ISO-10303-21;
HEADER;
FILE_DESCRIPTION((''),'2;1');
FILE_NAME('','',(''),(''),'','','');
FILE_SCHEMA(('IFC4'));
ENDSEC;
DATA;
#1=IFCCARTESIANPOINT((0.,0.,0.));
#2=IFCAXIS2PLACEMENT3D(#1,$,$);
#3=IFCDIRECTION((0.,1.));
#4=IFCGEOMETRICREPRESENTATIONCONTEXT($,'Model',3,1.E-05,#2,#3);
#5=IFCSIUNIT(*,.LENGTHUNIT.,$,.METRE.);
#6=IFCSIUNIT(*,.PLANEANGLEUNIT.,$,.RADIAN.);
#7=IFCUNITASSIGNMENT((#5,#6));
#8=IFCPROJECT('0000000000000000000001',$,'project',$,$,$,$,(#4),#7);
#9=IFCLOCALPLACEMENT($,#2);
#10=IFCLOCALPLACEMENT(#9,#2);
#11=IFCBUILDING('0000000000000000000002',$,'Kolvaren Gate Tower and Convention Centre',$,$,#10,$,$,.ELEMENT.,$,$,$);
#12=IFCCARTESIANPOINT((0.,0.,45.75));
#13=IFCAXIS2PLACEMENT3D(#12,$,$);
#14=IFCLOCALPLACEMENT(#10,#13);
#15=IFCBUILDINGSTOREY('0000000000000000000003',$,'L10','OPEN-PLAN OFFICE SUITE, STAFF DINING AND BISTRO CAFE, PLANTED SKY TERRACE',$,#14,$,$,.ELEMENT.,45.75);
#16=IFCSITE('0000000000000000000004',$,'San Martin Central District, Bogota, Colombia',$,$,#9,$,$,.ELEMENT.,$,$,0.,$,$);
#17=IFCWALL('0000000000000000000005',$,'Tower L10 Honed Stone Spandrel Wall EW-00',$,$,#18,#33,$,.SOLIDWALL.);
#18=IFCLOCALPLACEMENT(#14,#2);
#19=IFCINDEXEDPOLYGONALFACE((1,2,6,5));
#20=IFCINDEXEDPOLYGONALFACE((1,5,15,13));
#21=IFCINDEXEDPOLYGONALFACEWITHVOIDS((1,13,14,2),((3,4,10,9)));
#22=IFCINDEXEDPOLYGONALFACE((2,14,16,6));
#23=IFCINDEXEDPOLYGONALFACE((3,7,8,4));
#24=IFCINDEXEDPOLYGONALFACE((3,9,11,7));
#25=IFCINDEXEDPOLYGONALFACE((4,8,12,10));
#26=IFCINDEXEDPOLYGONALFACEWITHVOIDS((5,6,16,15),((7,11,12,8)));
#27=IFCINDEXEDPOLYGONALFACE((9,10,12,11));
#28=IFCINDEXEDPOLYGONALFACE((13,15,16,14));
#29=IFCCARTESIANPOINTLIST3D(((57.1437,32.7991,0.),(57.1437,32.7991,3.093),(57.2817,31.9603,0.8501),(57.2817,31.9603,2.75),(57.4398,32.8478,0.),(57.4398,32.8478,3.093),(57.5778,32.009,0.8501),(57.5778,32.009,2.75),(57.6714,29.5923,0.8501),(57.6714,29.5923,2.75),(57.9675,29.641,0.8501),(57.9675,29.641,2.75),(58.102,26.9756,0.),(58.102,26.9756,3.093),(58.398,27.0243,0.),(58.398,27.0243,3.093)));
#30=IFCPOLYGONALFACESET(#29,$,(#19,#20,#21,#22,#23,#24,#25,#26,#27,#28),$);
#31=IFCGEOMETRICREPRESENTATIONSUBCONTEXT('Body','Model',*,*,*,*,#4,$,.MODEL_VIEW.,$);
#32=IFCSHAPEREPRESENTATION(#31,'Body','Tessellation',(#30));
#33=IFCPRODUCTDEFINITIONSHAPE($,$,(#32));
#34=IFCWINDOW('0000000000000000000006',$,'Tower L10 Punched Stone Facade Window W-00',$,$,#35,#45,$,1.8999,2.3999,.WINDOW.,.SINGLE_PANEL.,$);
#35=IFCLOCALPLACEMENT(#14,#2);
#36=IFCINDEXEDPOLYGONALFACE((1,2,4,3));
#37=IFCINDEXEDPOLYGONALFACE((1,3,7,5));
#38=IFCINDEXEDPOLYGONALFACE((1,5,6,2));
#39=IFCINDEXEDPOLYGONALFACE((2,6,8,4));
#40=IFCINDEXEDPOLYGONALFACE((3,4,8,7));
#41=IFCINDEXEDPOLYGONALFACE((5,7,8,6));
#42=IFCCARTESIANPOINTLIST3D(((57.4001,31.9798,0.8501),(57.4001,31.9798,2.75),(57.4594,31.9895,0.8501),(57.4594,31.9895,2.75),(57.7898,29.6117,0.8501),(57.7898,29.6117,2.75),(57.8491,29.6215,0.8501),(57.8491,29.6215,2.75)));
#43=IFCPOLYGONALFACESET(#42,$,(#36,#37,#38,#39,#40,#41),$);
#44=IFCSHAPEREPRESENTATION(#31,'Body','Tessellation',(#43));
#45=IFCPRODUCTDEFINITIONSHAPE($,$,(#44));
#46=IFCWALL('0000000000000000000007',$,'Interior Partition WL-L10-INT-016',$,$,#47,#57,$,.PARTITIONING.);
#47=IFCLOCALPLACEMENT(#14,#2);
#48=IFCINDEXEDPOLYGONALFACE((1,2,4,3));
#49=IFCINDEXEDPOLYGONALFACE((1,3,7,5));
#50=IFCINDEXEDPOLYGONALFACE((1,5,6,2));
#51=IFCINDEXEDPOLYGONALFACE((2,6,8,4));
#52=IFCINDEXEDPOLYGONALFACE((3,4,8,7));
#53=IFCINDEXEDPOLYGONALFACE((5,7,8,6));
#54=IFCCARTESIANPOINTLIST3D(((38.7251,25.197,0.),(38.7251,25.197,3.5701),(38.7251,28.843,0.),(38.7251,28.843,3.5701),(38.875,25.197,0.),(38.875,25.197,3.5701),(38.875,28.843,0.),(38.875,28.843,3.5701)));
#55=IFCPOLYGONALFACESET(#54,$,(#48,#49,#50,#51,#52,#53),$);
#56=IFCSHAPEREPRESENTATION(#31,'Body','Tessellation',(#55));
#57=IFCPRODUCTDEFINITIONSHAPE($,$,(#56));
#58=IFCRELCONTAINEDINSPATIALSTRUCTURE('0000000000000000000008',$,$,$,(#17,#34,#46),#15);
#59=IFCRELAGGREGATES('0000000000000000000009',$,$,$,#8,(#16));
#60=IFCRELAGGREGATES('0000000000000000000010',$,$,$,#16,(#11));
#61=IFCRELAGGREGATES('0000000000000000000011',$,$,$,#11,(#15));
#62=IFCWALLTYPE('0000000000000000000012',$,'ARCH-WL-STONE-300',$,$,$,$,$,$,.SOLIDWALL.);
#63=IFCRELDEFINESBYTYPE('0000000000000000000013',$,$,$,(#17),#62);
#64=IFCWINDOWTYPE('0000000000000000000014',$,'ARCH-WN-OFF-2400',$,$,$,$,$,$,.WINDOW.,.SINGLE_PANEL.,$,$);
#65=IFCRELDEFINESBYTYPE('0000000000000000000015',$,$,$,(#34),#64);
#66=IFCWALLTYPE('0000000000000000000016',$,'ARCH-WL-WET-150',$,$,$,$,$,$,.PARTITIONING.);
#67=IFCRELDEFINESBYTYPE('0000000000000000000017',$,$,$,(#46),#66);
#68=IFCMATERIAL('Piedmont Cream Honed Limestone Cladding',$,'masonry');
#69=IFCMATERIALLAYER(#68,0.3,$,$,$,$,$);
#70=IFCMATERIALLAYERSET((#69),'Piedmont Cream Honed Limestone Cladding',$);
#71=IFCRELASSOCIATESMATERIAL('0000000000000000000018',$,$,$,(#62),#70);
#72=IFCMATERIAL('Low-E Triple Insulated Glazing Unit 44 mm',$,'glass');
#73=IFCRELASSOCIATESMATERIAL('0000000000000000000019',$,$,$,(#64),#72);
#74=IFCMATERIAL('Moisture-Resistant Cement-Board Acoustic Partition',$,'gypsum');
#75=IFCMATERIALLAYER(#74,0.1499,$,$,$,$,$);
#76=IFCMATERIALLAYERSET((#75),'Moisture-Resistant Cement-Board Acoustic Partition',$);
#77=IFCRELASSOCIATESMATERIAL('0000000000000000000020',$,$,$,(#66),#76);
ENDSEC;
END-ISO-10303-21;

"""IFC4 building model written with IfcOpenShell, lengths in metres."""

from ifc_helpers import new_model, si_unit, direction, frame, frame_2d, origin, place, context, subcontext, project, spatial, rectangle, extrude, material, layer, layer_set, type_object, element, fill, save


model = new_model("IFC4")

# Units and contexts
model_context = context("Model", 3, precision=1e-05, world=origin(), true_north=direction((0.0, 1.0)))
body_context = subcontext(model_context, "Body", "Model", "MODEL_VIEW")
ifc_project = project(units=[si_unit("LENGTHUNIT", "METRE"), si_unit("PLANEANGLEUNIT", "RADIAN")], contexts=[model_context])

# Site, building, storey
site_placement = place(None, origin())
site = spatial("IfcSite", under=ifc_project, at=site_placement, Name="San Martin Central District, Bogota, Colombia", CompositionType="ELEMENT", RefElevation=0.0)
building_placement = place(site_placement, origin())
building = spatial("IfcBuilding", under=site, at=building_placement, Name="Kolvaren Gate Tower and Convention Centre", CompositionType="ELEMENT")
storey_placement = place(building_placement, frame((0.0, 0.0, 45.75)))
storey = spatial("IfcBuildingStorey", under=building, at=storey_placement, Name="L10", Description="OPEN-PLAN OFFICE SUITE, STAFF DINING AND BISTRO CAFE, PLANTED SKY TERRACE", CompositionType="ELEMENT", Elevation=45.75)

# Wall, opening, window
ifc_material_1 = material(Name="Piedmont Cream Honed Limestone Cladding", Category="masonry")
ifc_layer_1 = layer(ifc_material_1, 0.3)
ifc_layer_set_1 = layer_set([ifc_layer_1], Name="Piedmont Cream Honed Limestone Cladding")
wall_type_1 = type_object("IfcWallType", Name="ARCH-WL-STONE-300", PredefinedType="SOLIDWALL", material=ifc_layer_set_1)
wall_1_placement = place(storey_placement, frame((57.2917, 32.8235, 0.0), z_axis=(0.0, 0.0, 1.0), x_axis=(0.162366, -0.986731, 0.0)))
wall_1 = element("IfcWall", 1, at=wall_1_placement, inside=storey, type_object=wall_type_1, Name="Tower L10 Honed Stone Spandrel Wall EW-00", PredefinedType="SOLIDWALL", context=body_context, shape_type="SweptSolid", body=[
    extrude(rectangle(XDim=5.9019, YDim=0.3, at=frame_2d((2.9509, 0.0))), origin(), (0.0, 0.0, 1.0), 3.093),
])
opening_1_placement = place(wall_1_placement, frame((0.8501, 0.0, 0.8501)))
opening_1 = element("IfcOpeningElement", 2, at=opening_1_placement, cuts=wall_1, PredefinedType="OPENING", context=body_context, shape_type="SweptSolid", body=[
    extrude(rectangle(XDim=2.3999, YDim=1.8999, at=frame_2d((1.2, 0.95))), frame((0.0, 0.1599, 0.0), z_axis=(0.0, -1.0, 0.0), x_axis=(1.0, 0.0, 0.0)), (0.0, 0.0, 1.0), 0.3201),
])
ifc_material_2 = material(Name="Low-E Triple Insulated Glazing Unit 44 mm", Category="glass")
window_type = type_object("IfcWindowType", Name="ARCH-WN-OFF-2400", PartitioningType="SINGLE_PANEL", PredefinedType="WINDOW", material=ifc_material_2)
window_placement = place(opening_1_placement, origin())
window = element("IfcWindow", 3, at=window_placement, inside=storey, type_object=window_type, Name="Tower L10 Punched Stone Facade Window W-00", OverallHeight=1.8999, OverallWidth=2.3999, PartitioningType="SINGLE_PANEL", PredefinedType="WINDOW", context=body_context, shape_type="SweptSolid", body=[
    extrude(rectangle(XDim=2.3999, YDim=1.8999, at=frame_2d((1.2, 0.95))), frame((0.0, 0.03, 0.0), z_axis=(0.0, -1.0, 0.0), x_axis=(1.0, 0.0, 0.0)), (0.0, 0.0, 1.0), 0.0601),
])
fill(opening_1, window)

# Wall
ifc_material_3 = material(Name="Moisture-Resistant Cement-Board Acoustic Partition", Category="gypsum")
ifc_layer_2 = layer(ifc_material_3, 0.1499)
ifc_layer_set_2 = layer_set([ifc_layer_2], Name="Moisture-Resistant Cement-Board Acoustic Partition")
wall_type_2 = type_object("IfcWallType", Name="ARCH-WL-WET-150", PredefinedType="PARTITIONING", material=ifc_layer_set_2)
wall_2_placement = place(storey_placement, frame((38.8, 25.197, 0.0), z_axis=(0.0, 0.0, 1.0), x_axis=(0.0, 1.0, 0.0)))
element("IfcWall", 4, at=wall_2_placement, inside=storey, type_object=wall_type_2, Name="Interior Partition WL-L10-INT-016", PredefinedType="PARTITIONING", context=body_context, shape_type="SweptSolid", body=[
    extrude(rectangle(XDim=3.646, YDim=0.1499, at=frame_2d((1.823, 0.0))), origin(), (0.0, 0.0, 1.0), 3.5701),
])

save(model, "model.ifc")
